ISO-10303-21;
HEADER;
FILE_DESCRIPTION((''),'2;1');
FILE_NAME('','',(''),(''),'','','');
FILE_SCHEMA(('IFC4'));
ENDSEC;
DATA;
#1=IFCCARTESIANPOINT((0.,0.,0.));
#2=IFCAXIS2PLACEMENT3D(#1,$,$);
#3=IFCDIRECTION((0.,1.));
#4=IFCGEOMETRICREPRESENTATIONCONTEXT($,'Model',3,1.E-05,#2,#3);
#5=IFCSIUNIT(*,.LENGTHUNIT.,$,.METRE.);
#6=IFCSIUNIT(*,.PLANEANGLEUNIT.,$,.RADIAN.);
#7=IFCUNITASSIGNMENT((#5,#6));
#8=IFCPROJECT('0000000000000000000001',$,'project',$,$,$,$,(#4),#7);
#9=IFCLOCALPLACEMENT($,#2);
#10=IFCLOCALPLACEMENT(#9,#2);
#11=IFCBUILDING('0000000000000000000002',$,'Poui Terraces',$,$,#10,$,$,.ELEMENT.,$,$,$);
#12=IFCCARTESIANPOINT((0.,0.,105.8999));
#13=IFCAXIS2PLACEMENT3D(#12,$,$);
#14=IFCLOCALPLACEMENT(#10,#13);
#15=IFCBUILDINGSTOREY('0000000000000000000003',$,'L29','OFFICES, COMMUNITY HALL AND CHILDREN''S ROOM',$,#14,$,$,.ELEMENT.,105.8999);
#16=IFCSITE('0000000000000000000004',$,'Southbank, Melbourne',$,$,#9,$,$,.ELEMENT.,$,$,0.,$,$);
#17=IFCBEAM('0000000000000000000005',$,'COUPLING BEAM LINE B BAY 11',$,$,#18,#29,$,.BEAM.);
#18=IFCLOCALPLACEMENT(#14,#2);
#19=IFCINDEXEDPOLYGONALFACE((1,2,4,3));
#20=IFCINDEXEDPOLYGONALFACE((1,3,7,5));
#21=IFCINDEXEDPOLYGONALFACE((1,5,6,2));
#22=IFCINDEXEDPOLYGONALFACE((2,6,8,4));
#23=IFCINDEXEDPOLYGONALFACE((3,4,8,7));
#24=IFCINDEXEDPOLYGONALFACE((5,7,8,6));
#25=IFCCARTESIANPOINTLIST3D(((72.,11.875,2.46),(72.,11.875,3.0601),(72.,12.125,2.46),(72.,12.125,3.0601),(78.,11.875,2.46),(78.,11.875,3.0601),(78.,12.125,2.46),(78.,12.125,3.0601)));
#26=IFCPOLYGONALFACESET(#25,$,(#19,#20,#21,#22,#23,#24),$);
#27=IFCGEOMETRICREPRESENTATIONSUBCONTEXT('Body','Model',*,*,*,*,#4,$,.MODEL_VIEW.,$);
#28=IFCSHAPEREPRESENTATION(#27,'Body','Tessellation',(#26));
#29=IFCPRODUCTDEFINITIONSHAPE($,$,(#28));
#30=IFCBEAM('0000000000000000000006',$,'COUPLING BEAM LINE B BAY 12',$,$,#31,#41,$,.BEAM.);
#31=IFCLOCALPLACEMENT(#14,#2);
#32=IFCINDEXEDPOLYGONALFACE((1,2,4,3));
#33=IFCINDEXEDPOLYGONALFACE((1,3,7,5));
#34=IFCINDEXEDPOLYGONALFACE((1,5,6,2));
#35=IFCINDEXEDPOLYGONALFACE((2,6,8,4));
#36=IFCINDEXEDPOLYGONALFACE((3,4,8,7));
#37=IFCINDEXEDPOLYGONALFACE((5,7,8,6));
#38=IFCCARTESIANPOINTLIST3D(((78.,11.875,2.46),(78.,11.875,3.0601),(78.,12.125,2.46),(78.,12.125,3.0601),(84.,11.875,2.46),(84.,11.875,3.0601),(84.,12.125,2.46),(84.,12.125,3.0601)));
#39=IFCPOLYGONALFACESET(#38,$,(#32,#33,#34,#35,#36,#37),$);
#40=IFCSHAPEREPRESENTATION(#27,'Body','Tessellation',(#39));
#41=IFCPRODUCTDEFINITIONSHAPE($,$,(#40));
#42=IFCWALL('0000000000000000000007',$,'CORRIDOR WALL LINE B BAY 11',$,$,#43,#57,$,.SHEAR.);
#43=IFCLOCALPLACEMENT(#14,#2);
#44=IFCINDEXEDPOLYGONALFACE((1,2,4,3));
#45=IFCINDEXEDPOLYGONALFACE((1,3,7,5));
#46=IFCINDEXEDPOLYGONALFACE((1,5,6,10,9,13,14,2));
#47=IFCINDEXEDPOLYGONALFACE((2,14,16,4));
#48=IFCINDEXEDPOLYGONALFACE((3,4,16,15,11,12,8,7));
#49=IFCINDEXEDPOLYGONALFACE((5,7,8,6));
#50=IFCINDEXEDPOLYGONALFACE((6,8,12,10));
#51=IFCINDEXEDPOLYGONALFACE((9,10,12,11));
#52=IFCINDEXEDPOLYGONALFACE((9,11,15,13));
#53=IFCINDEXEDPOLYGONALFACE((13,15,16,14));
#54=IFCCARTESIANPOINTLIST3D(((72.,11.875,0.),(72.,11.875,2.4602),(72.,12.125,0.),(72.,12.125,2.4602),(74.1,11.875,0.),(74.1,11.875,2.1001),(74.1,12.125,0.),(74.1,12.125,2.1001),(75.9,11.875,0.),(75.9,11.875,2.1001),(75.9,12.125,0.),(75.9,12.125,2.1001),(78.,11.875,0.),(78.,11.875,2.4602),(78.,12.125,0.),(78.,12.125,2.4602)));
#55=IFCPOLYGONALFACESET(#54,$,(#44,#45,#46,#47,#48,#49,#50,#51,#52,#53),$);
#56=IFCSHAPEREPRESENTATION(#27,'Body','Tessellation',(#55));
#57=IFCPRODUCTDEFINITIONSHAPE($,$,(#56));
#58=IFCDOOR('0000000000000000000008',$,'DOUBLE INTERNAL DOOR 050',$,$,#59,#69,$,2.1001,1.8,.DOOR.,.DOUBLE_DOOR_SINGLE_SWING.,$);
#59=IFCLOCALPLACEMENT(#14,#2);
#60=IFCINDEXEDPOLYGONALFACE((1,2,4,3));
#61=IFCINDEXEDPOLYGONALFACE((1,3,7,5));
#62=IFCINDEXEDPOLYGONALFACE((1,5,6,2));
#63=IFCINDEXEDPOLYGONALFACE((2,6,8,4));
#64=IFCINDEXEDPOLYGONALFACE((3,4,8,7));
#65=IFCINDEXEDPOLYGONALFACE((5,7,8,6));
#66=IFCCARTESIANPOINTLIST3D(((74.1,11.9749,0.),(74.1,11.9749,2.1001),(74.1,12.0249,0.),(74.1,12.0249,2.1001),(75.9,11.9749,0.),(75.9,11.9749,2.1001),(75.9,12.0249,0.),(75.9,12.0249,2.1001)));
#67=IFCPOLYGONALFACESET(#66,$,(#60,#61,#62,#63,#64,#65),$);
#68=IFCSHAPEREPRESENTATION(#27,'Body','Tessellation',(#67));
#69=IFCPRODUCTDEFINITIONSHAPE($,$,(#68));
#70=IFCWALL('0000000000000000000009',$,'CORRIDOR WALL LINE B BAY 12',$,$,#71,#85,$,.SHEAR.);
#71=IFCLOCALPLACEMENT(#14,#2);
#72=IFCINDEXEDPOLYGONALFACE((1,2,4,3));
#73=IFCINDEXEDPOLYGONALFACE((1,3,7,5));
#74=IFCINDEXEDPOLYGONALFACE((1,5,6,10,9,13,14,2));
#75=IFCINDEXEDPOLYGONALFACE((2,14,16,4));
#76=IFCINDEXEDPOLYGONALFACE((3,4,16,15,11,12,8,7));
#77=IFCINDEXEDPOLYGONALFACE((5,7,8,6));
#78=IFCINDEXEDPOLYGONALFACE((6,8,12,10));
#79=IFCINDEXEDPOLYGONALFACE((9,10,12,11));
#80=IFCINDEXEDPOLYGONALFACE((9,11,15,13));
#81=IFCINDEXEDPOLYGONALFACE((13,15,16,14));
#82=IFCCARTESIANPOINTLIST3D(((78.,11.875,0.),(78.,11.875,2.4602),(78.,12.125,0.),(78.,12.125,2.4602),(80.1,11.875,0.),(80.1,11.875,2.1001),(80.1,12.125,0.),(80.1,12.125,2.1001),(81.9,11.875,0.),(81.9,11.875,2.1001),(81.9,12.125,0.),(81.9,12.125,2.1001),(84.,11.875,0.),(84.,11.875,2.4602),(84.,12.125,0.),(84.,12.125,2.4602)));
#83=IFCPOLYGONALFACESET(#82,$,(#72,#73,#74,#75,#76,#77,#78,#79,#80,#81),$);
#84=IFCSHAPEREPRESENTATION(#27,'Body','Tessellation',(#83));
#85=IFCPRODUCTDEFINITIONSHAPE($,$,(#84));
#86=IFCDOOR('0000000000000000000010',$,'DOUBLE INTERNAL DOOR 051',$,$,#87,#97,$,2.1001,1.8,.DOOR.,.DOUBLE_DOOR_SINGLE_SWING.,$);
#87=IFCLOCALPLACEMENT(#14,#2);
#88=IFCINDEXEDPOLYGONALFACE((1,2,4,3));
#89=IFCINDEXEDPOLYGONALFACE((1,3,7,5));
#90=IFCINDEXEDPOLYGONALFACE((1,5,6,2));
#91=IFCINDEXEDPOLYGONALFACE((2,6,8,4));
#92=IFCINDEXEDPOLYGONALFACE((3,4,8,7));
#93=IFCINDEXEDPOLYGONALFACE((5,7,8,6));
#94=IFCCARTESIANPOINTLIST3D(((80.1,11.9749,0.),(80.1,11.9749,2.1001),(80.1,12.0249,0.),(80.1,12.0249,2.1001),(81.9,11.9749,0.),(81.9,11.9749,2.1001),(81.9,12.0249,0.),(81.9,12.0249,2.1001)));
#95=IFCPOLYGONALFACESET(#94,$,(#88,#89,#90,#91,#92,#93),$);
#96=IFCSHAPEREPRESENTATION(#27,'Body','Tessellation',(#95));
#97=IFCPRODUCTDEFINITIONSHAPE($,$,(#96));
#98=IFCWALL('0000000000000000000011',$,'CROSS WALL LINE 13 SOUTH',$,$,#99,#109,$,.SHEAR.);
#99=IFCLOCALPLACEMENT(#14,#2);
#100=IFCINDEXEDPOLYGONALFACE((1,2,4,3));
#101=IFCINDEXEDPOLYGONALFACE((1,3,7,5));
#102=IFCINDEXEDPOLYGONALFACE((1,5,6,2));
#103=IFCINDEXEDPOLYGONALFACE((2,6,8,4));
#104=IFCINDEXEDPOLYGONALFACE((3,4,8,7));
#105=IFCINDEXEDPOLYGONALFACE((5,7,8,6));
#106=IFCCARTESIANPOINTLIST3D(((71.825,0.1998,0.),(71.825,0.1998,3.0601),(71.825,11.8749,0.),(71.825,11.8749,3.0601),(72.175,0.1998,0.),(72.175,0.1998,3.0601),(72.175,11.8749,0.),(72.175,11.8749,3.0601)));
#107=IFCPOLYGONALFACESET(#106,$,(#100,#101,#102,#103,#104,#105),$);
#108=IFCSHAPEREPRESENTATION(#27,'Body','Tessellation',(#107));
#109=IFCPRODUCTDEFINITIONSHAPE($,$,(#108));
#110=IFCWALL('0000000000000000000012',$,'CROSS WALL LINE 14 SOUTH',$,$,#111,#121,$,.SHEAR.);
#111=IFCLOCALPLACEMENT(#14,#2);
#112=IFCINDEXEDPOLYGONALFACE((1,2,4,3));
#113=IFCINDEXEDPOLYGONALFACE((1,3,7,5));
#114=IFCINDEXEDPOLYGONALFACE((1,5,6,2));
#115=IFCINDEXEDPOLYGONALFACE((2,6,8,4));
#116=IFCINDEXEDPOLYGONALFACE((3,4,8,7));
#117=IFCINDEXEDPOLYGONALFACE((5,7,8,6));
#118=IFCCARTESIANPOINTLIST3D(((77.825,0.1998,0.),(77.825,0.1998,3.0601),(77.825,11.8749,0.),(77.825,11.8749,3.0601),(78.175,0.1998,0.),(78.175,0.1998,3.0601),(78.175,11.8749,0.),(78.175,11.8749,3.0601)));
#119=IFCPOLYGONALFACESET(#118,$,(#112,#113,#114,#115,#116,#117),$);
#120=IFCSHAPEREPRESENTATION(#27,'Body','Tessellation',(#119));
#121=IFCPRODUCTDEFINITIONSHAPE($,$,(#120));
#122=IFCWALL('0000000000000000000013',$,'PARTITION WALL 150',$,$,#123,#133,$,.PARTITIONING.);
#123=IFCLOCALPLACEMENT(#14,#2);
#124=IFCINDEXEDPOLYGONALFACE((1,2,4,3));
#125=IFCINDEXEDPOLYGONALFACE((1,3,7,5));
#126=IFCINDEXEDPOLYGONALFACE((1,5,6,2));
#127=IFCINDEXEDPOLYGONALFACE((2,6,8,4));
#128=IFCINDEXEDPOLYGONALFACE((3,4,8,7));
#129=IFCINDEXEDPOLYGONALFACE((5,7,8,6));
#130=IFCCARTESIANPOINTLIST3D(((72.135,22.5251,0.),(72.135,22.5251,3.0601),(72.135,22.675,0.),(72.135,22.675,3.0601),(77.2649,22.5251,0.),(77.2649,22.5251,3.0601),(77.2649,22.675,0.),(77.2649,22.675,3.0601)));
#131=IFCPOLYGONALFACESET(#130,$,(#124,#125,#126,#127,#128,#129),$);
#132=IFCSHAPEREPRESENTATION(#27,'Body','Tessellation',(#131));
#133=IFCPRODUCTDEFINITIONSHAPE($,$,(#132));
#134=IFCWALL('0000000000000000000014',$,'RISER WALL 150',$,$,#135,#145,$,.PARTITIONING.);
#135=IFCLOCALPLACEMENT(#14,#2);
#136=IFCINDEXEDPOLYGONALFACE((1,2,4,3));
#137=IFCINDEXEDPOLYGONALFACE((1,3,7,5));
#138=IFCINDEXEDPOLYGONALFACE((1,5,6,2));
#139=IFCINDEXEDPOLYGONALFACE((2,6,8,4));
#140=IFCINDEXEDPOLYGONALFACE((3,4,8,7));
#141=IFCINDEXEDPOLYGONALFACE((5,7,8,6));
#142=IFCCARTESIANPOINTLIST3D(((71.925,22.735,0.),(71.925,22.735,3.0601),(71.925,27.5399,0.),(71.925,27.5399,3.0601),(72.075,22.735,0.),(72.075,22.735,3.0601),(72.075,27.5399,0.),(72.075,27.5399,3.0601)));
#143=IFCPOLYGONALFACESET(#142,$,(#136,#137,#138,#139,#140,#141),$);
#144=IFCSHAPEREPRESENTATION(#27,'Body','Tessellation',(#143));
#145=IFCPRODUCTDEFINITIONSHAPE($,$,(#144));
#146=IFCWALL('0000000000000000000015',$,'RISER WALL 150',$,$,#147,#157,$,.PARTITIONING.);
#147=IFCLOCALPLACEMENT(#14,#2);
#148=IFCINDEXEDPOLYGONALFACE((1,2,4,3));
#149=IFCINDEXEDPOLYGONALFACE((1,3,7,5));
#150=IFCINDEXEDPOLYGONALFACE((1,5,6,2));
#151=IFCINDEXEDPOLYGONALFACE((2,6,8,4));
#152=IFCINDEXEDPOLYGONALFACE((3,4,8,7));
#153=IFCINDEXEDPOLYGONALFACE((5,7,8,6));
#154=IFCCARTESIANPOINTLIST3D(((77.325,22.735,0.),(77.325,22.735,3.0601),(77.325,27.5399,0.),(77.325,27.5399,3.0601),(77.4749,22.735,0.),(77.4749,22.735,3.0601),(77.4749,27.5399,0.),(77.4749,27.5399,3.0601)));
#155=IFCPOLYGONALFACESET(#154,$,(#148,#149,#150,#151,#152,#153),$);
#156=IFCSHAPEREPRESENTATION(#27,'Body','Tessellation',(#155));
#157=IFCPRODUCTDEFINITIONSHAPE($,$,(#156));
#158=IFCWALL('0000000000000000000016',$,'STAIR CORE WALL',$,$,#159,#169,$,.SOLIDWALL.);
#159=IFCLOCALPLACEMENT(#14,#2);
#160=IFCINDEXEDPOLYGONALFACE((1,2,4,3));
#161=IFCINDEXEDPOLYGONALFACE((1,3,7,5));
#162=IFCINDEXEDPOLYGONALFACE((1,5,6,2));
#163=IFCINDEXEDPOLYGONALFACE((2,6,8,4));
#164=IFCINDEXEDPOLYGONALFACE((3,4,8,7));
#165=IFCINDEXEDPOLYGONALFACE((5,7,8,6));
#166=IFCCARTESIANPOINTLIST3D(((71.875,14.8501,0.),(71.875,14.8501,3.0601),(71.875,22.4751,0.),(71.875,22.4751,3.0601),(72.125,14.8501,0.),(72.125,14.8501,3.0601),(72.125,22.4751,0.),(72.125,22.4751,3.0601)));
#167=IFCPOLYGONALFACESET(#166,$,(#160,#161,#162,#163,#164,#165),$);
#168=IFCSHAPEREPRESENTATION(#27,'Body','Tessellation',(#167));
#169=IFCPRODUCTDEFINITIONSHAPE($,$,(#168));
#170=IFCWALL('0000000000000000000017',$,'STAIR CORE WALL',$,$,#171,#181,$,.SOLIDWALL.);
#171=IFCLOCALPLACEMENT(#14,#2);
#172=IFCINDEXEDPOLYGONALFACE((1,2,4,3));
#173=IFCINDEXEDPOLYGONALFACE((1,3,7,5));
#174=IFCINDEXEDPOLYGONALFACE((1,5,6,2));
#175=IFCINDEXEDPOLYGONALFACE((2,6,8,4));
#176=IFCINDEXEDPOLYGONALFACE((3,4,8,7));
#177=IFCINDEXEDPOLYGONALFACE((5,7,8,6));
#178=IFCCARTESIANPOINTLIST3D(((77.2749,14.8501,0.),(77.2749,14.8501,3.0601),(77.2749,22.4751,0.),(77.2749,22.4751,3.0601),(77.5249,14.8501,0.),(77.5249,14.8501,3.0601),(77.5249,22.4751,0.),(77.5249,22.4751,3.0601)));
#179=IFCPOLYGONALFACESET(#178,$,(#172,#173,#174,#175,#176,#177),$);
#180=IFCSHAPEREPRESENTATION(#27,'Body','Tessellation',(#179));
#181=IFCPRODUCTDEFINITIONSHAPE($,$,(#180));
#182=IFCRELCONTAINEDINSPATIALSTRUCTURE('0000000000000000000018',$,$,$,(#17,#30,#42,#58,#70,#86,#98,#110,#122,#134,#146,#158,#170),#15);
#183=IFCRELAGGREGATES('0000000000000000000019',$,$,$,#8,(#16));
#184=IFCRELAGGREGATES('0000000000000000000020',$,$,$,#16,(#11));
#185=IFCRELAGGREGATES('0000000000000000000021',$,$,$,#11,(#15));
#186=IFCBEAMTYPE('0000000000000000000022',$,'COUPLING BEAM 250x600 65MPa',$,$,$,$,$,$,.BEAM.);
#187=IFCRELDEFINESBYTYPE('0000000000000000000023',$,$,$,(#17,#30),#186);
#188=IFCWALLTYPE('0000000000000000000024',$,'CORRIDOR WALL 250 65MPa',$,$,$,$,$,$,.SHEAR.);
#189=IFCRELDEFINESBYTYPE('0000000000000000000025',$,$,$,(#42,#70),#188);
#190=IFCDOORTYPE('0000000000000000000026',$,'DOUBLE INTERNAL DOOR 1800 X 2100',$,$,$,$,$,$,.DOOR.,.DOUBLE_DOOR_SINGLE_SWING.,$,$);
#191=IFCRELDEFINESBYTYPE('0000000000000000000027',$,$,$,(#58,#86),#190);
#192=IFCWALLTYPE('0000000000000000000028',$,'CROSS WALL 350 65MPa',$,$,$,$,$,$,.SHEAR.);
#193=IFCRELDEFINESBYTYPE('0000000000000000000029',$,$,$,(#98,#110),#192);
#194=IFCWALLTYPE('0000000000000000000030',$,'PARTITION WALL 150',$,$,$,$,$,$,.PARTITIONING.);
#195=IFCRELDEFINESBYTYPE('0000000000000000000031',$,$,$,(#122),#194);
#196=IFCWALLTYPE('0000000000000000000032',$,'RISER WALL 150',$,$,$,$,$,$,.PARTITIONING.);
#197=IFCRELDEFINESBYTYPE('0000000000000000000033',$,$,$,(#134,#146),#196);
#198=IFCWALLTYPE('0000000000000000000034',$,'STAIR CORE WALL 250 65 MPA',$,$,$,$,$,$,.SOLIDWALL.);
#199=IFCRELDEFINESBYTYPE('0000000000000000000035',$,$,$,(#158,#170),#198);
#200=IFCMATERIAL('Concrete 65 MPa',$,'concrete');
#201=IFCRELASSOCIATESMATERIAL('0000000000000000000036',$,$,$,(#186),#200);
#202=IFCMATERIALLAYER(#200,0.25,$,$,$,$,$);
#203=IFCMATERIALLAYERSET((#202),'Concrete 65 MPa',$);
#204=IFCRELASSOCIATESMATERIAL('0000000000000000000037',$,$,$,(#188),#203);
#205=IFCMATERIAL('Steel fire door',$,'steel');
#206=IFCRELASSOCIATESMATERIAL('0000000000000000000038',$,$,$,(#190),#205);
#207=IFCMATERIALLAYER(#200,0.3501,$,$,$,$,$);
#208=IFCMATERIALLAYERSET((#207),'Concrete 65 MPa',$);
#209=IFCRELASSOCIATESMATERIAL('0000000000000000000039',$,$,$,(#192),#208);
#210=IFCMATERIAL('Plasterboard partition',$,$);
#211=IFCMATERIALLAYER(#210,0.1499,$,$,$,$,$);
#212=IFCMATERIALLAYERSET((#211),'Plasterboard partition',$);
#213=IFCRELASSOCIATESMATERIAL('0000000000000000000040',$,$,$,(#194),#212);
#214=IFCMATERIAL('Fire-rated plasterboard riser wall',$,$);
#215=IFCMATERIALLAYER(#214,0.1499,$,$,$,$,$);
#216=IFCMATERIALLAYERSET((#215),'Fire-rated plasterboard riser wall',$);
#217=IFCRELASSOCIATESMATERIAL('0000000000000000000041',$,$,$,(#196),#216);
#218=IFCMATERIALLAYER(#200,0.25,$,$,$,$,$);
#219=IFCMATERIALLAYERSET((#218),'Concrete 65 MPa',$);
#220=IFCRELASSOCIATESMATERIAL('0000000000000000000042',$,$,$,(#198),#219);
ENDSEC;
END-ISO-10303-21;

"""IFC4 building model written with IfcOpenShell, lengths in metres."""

from ifc_helpers import new_model, si_unit, direction, frame, frame_2d, origin, origin_2d, place, context, subcontext, project, spatial, rectangle, extrude, source, transform, mapped, material, layer, layer_set, material_profile, profile_set, type_object, element, fill, save


model = new_model("IFC4")

# Units and contexts
model_context = context("Model", 3, precision=1e-05, world=origin(), true_north=direction((0.0, 1.0)))
body_context = subcontext(model_context, "Body", "Model", "MODEL_VIEW")
ifc_project = project(units=[si_unit("LENGTHUNIT", "METRE"), si_unit("PLANEANGLEUNIT", "RADIAN")], contexts=[model_context])

# Site, building, storey
site_placement = place(None, origin())
site = spatial("IfcSite", under=ifc_project, at=site_placement, Name="Southbank, Melbourne", CompositionType="ELEMENT", RefElevation=0.0)
building_placement = place(site_placement, origin())
building = spatial("IfcBuilding", under=site, at=building_placement, Name="Poui Terraces", CompositionType="ELEMENT")
storey_placement = place(building_placement, frame((0.0, 0.0, 105.8999)))
storey = spatial("IfcBuildingStorey", under=building, at=storey_placement, Name="L29", Description="OFFICES, COMMUNITY HALL AND CHILDREN'S ROOM", CompositionType="ELEMENT", Elevation=105.8999)

# Beams
ifc_material_1 = material(Name="Concrete 65 MPa", Category="concrete")
ifc_material_profile = material_profile(ifc_material_1, rectangle(XDim=0.25, YDim=0.6001, at=origin_2d()), Name="RC 250x600")
ifc_profile_set = profile_set([ifc_material_profile], Name="Concrete 65 MPa")
beam_type = type_object("IfcBeamType", Name="COUPLING BEAM 250x600 65MPa", PredefinedType="BEAM", material=ifc_profile_set)
shared_shape = source(origin(), body_context, "Body", "SweptSolid", [
    extrude(rectangle(XDim=0.25, YDim=0.6001, at=origin_2d()), origin(), (0.0, 0.0, 1.0), 6.0),
])
for number, where, z_axis, x_axis, name in (
    (1, (72.0, 12.0, 2.76), (1.0, 0.0, 0.0), (0.0, 1.0, 0.0), "COUPLING BEAM LINE B BAY 11"),
    (2, (78.0, 12.0, 2.76), (1.0, 0.0, 0.0), (0.0, 1.0, 0.0), "COUPLING BEAM LINE B BAY 12"),
):
    element("IfcBeam", number, at=place(storey_placement, frame(where, z_axis=z_axis, x_axis=x_axis)), inside=storey, type_object=beam_type, Name=name, PredefinedType="BEAM", context=body_context, shape_type="MappedRepresentation", body=[
        mapped(shared_shape, transform((0.0, 0.0, 0.0))),
    ])

# Walls, openings, doors
ifc_layer_1 = layer(ifc_material_1, 0.25)
ifc_layer_set_1 = layer_set([ifc_layer_1], Name="Concrete 65 MPa")
wall_type_1 = type_object("IfcWallType", Name="CORRIDOR WALL 250 65MPa", PredefinedType="SHEAR", material=ifc_layer_set_1)
wall_1_placement = place(storey_placement, frame((72.0, 12.0, 0.0), z_axis=(0.0, 0.0, 1.0), x_axis=(1.0, 0.0, 0.0)))
wall_1 = element("IfcWall", 3, at=wall_1_placement, inside=storey, type_object=wall_type_1, Name="CORRIDOR WALL LINE B BAY 11", PredefinedType="SHEAR", context=body_context, shape_type="SweptSolid", body=[
    extrude(rectangle(XDim=6.0, YDim=0.25, at=frame_2d((3.0, 0.0))), origin(), (0.0, 0.0, 1.0), 2.4602),
])
opening_1_placement = place(wall_1_placement, frame((2.1001, 0.0, 0.0)))
opening_1 = element("IfcOpeningElement", 4, at=opening_1_placement, cuts=wall_1, PredefinedType="OPENING", context=body_context, shape_type="SweptSolid", body=[
    extrude(rectangle(XDim=1.8, YDim=2.1001, at=frame_2d((0.8999, 1.05))), frame((0.0, 0.135, 0.0), z_axis=(0.0, -1.0, 0.0), x_axis=(1.0, 0.0, 0.0)), (0.0, 0.0, 1.0), 0.27),
])
ifc_material_2 = material(Name="Steel fire door", Category="steel")
door_type = type_object("IfcDoorType", Name="DOUBLE INTERNAL DOOR 1800 X 2100", OperationType="DOUBLE_DOOR_SINGLE_SWING", PredefinedType="DOOR", material=ifc_material_2)
door_1_placement = place(opening_1_placement, origin())
door_1 = element("IfcDoor", 5, at=door_1_placement, inside=storey, type_object=door_type, Name="DOUBLE INTERNAL DOOR 050", OperationType="DOUBLE_DOOR_SINGLE_SWING", OverallHeight=2.1001, OverallWidth=1.8, PredefinedType="DOOR", context=body_context, shape_type="SweptSolid", body=[
    extrude(rectangle(XDim=1.8, YDim=2.1001, at=frame_2d((0.8999, 1.05))), frame((0.0, 0.0249, 0.0), z_axis=(0.0, -1.0, 0.0), x_axis=(1.0, 0.0, 0.0)), (0.0, 0.0, 1.0), 0.05),
])
fill(opening_1, door_1)
wall_2_placement = place(storey_placement, frame((78.0, 12.0, 0.0), z_axis=(0.0, 0.0, 1.0), x_axis=(1.0, 0.0, 0.0)))
wall_2 = element("IfcWall", 6, at=wall_2_placement, inside=storey, type_object=wall_type_1, Name="CORRIDOR WALL LINE B BAY 12", PredefinedType="SHEAR", context=body_context, shape_type="SweptSolid", body=[
    extrude(rectangle(XDim=6.0, YDim=0.25, at=frame_2d((3.0, 0.0))), origin(), (0.0, 0.0, 1.0), 2.4602),
])
opening_2_placement = place(wall_2_placement, frame((2.1001, 0.0, 0.0)))
opening_2 = element("IfcOpeningElement", 7, at=opening_2_placement, cuts=wall_2, PredefinedType="OPENING", context=body_context, shape_type="SweptSolid", body=[
    extrude(rectangle(XDim=1.8, YDim=2.1001, at=frame_2d((0.8999, 1.05))), frame((0.0, 0.135, 0.0), z_axis=(0.0, -1.0, 0.0), x_axis=(1.0, 0.0, 0.0)), (0.0, 0.0, 1.0), 0.27),
])
door_2_placement = place(opening_2_placement, origin())
door_2 = element("IfcDoor", 8, at=door_2_placement, inside=storey, type_object=door_type, Name="DOUBLE INTERNAL DOOR 051", OperationType="DOUBLE_DOOR_SINGLE_SWING", OverallHeight=2.1001, OverallWidth=1.8, PredefinedType="DOOR", context=body_context, shape_type="SweptSolid", body=[
    extrude(rectangle(XDim=1.8, YDim=2.1001, at=frame_2d((0.8999, 1.05))), frame((0.0, 0.0249, 0.0), z_axis=(0.0, -1.0, 0.0), x_axis=(1.0, 0.0, 0.0)), (0.0, 0.0, 1.0), 0.05),
])
fill(opening_2, door_2)

# Walls
ifc_layer_2 = layer(ifc_material_1, 0.3501)
ifc_layer_set_2 = layer_set([ifc_layer_2], Name="Concrete 65 MPa")
wall_type_2 = type_object("IfcWallType", Name="CROSS WALL 350 65MPa", PredefinedType="SHEAR", material=ifc_layer_set_2)
for number, where, z_axis, x_axis, name in (
    (9, (72.0, 0.2, 0.0), (0.0, 0.0, 1.0), (0.0, 1.0, 0.0), "CROSS WALL LINE 13 SOUTH"),
    (10, (78.0, 0.2, 0.0), (0.0, 0.0, 1.0), (0.0, 1.0, 0.0), "CROSS WALL LINE 14 SOUTH"),
):
    element("IfcWall", number, at=place(storey_placement, frame(where, z_axis=z_axis, x_axis=x_axis)), inside=storey, type_object=wall_type_2, Name=name, PredefinedType="SHEAR", context=body_context, shape_type="SweptSolid", body=[
        extrude(rectangle(XDim=11.675, YDim=0.3501, at=frame_2d((5.8374, 0.0))), origin(), (0.0, 0.0, 1.0), 3.0601),
    ])
ifc_material_3 = material(Name="Plasterboard partition")
ifc_layer_3 = layer(ifc_material_3, 0.1499)
ifc_layer_set_3 = layer_set([ifc_layer_3], Name="Plasterboard partition")
wall_type_3 = type_object("IfcWallType", Name="PARTITION WALL 150", PredefinedType="PARTITIONING", material=ifc_layer_set_3)
wall_3_placement = place(storey_placement, frame((72.135, 22.6001, 0.0), z_axis=(0.0, 0.0, 1.0), x_axis=(1.0, 0.0, 0.0)))
element("IfcWall", 11, at=wall_3_placement, inside=storey, type_object=wall_type_3, Name="PARTITION WALL 150", PredefinedType="PARTITIONING", context=body_context, shape_type="SweptSolid", body=[
    extrude(rectangle(XDim=5.1299, YDim=0.1499, at=frame_2d((2.5649, 0.0))), origin(), (0.0, 0.0, 1.0), 3.0601),
])
ifc_material_4 = material(Name="Fire-rated plasterboard riser wall")
ifc_layer_4 = layer(ifc_material_4, 0.1499)
ifc_layer_set_4 = layer_set([ifc_layer_4], Name="Fire-rated plasterboard riser wall")
wall_type_4 = type_object("IfcWallType", Name="RISER WALL 150", PredefinedType="PARTITIONING", material=ifc_layer_set_4)
for number, where, z_axis, x_axis, name in (
    (12, (72.0, 22.7351, 0.0), (0.0, 0.0, 1.0), (0.0, 1.0, 0.0), "RISER WALL 150"),
    (13, (77.3999, 22.7351, 0.0), (0.0, 0.0, 1.0), (0.0, 1.0, 0.0), "RISER WALL 150"),
):
    element("IfcWall", number, at=place(storey_placement, frame(where, z_axis=z_axis, x_axis=x_axis)), inside=storey, type_object=wall_type_4, Name=name, PredefinedType="PARTITIONING", context=body_context, shape_type="SweptSolid", body=[
        extrude(rectangle(XDim=4.8049, YDim=0.1499, at=frame_2d((2.4023, 0.0))), origin(), (0.0, 0.0, 1.0), 3.0601),
    ])
ifc_layer_5 = layer(ifc_material_1, 0.25)
ifc_layer_set_5 = layer_set([ifc_layer_5], Name="Concrete 65 MPa")
wall_type_5 = type_object("IfcWallType", Name="STAIR CORE WALL 250 65 MPA", PredefinedType="SOLIDWALL", material=ifc_layer_set_5)
for number, where, z_axis, x_axis, name in (
    (14, (72.0, 14.8501, 0.0), (0.0, 0.0, 1.0), (0.0, 1.0, 0.0), "STAIR CORE WALL"),
    (15, (77.3999, 14.8501, 0.0), (0.0, 0.0, 1.0), (0.0, 1.0, 0.0), "STAIR CORE WALL"),
):
    element("IfcWall", number, at=place(storey_placement, frame(where, z_axis=z_axis, x_axis=x_axis)), inside=storey, type_object=wall_type_5, Name=name, PredefinedType="SOLIDWALL", context=body_context, shape_type="SweptSolid", body=[
        extrude(rectangle(XDim=7.625, YDim=0.25, at=frame_2d((3.8125, 0.0))), origin(), (0.0, 0.0, 1.0), 3.0601),
    ])

save(model, "model.ifc")
